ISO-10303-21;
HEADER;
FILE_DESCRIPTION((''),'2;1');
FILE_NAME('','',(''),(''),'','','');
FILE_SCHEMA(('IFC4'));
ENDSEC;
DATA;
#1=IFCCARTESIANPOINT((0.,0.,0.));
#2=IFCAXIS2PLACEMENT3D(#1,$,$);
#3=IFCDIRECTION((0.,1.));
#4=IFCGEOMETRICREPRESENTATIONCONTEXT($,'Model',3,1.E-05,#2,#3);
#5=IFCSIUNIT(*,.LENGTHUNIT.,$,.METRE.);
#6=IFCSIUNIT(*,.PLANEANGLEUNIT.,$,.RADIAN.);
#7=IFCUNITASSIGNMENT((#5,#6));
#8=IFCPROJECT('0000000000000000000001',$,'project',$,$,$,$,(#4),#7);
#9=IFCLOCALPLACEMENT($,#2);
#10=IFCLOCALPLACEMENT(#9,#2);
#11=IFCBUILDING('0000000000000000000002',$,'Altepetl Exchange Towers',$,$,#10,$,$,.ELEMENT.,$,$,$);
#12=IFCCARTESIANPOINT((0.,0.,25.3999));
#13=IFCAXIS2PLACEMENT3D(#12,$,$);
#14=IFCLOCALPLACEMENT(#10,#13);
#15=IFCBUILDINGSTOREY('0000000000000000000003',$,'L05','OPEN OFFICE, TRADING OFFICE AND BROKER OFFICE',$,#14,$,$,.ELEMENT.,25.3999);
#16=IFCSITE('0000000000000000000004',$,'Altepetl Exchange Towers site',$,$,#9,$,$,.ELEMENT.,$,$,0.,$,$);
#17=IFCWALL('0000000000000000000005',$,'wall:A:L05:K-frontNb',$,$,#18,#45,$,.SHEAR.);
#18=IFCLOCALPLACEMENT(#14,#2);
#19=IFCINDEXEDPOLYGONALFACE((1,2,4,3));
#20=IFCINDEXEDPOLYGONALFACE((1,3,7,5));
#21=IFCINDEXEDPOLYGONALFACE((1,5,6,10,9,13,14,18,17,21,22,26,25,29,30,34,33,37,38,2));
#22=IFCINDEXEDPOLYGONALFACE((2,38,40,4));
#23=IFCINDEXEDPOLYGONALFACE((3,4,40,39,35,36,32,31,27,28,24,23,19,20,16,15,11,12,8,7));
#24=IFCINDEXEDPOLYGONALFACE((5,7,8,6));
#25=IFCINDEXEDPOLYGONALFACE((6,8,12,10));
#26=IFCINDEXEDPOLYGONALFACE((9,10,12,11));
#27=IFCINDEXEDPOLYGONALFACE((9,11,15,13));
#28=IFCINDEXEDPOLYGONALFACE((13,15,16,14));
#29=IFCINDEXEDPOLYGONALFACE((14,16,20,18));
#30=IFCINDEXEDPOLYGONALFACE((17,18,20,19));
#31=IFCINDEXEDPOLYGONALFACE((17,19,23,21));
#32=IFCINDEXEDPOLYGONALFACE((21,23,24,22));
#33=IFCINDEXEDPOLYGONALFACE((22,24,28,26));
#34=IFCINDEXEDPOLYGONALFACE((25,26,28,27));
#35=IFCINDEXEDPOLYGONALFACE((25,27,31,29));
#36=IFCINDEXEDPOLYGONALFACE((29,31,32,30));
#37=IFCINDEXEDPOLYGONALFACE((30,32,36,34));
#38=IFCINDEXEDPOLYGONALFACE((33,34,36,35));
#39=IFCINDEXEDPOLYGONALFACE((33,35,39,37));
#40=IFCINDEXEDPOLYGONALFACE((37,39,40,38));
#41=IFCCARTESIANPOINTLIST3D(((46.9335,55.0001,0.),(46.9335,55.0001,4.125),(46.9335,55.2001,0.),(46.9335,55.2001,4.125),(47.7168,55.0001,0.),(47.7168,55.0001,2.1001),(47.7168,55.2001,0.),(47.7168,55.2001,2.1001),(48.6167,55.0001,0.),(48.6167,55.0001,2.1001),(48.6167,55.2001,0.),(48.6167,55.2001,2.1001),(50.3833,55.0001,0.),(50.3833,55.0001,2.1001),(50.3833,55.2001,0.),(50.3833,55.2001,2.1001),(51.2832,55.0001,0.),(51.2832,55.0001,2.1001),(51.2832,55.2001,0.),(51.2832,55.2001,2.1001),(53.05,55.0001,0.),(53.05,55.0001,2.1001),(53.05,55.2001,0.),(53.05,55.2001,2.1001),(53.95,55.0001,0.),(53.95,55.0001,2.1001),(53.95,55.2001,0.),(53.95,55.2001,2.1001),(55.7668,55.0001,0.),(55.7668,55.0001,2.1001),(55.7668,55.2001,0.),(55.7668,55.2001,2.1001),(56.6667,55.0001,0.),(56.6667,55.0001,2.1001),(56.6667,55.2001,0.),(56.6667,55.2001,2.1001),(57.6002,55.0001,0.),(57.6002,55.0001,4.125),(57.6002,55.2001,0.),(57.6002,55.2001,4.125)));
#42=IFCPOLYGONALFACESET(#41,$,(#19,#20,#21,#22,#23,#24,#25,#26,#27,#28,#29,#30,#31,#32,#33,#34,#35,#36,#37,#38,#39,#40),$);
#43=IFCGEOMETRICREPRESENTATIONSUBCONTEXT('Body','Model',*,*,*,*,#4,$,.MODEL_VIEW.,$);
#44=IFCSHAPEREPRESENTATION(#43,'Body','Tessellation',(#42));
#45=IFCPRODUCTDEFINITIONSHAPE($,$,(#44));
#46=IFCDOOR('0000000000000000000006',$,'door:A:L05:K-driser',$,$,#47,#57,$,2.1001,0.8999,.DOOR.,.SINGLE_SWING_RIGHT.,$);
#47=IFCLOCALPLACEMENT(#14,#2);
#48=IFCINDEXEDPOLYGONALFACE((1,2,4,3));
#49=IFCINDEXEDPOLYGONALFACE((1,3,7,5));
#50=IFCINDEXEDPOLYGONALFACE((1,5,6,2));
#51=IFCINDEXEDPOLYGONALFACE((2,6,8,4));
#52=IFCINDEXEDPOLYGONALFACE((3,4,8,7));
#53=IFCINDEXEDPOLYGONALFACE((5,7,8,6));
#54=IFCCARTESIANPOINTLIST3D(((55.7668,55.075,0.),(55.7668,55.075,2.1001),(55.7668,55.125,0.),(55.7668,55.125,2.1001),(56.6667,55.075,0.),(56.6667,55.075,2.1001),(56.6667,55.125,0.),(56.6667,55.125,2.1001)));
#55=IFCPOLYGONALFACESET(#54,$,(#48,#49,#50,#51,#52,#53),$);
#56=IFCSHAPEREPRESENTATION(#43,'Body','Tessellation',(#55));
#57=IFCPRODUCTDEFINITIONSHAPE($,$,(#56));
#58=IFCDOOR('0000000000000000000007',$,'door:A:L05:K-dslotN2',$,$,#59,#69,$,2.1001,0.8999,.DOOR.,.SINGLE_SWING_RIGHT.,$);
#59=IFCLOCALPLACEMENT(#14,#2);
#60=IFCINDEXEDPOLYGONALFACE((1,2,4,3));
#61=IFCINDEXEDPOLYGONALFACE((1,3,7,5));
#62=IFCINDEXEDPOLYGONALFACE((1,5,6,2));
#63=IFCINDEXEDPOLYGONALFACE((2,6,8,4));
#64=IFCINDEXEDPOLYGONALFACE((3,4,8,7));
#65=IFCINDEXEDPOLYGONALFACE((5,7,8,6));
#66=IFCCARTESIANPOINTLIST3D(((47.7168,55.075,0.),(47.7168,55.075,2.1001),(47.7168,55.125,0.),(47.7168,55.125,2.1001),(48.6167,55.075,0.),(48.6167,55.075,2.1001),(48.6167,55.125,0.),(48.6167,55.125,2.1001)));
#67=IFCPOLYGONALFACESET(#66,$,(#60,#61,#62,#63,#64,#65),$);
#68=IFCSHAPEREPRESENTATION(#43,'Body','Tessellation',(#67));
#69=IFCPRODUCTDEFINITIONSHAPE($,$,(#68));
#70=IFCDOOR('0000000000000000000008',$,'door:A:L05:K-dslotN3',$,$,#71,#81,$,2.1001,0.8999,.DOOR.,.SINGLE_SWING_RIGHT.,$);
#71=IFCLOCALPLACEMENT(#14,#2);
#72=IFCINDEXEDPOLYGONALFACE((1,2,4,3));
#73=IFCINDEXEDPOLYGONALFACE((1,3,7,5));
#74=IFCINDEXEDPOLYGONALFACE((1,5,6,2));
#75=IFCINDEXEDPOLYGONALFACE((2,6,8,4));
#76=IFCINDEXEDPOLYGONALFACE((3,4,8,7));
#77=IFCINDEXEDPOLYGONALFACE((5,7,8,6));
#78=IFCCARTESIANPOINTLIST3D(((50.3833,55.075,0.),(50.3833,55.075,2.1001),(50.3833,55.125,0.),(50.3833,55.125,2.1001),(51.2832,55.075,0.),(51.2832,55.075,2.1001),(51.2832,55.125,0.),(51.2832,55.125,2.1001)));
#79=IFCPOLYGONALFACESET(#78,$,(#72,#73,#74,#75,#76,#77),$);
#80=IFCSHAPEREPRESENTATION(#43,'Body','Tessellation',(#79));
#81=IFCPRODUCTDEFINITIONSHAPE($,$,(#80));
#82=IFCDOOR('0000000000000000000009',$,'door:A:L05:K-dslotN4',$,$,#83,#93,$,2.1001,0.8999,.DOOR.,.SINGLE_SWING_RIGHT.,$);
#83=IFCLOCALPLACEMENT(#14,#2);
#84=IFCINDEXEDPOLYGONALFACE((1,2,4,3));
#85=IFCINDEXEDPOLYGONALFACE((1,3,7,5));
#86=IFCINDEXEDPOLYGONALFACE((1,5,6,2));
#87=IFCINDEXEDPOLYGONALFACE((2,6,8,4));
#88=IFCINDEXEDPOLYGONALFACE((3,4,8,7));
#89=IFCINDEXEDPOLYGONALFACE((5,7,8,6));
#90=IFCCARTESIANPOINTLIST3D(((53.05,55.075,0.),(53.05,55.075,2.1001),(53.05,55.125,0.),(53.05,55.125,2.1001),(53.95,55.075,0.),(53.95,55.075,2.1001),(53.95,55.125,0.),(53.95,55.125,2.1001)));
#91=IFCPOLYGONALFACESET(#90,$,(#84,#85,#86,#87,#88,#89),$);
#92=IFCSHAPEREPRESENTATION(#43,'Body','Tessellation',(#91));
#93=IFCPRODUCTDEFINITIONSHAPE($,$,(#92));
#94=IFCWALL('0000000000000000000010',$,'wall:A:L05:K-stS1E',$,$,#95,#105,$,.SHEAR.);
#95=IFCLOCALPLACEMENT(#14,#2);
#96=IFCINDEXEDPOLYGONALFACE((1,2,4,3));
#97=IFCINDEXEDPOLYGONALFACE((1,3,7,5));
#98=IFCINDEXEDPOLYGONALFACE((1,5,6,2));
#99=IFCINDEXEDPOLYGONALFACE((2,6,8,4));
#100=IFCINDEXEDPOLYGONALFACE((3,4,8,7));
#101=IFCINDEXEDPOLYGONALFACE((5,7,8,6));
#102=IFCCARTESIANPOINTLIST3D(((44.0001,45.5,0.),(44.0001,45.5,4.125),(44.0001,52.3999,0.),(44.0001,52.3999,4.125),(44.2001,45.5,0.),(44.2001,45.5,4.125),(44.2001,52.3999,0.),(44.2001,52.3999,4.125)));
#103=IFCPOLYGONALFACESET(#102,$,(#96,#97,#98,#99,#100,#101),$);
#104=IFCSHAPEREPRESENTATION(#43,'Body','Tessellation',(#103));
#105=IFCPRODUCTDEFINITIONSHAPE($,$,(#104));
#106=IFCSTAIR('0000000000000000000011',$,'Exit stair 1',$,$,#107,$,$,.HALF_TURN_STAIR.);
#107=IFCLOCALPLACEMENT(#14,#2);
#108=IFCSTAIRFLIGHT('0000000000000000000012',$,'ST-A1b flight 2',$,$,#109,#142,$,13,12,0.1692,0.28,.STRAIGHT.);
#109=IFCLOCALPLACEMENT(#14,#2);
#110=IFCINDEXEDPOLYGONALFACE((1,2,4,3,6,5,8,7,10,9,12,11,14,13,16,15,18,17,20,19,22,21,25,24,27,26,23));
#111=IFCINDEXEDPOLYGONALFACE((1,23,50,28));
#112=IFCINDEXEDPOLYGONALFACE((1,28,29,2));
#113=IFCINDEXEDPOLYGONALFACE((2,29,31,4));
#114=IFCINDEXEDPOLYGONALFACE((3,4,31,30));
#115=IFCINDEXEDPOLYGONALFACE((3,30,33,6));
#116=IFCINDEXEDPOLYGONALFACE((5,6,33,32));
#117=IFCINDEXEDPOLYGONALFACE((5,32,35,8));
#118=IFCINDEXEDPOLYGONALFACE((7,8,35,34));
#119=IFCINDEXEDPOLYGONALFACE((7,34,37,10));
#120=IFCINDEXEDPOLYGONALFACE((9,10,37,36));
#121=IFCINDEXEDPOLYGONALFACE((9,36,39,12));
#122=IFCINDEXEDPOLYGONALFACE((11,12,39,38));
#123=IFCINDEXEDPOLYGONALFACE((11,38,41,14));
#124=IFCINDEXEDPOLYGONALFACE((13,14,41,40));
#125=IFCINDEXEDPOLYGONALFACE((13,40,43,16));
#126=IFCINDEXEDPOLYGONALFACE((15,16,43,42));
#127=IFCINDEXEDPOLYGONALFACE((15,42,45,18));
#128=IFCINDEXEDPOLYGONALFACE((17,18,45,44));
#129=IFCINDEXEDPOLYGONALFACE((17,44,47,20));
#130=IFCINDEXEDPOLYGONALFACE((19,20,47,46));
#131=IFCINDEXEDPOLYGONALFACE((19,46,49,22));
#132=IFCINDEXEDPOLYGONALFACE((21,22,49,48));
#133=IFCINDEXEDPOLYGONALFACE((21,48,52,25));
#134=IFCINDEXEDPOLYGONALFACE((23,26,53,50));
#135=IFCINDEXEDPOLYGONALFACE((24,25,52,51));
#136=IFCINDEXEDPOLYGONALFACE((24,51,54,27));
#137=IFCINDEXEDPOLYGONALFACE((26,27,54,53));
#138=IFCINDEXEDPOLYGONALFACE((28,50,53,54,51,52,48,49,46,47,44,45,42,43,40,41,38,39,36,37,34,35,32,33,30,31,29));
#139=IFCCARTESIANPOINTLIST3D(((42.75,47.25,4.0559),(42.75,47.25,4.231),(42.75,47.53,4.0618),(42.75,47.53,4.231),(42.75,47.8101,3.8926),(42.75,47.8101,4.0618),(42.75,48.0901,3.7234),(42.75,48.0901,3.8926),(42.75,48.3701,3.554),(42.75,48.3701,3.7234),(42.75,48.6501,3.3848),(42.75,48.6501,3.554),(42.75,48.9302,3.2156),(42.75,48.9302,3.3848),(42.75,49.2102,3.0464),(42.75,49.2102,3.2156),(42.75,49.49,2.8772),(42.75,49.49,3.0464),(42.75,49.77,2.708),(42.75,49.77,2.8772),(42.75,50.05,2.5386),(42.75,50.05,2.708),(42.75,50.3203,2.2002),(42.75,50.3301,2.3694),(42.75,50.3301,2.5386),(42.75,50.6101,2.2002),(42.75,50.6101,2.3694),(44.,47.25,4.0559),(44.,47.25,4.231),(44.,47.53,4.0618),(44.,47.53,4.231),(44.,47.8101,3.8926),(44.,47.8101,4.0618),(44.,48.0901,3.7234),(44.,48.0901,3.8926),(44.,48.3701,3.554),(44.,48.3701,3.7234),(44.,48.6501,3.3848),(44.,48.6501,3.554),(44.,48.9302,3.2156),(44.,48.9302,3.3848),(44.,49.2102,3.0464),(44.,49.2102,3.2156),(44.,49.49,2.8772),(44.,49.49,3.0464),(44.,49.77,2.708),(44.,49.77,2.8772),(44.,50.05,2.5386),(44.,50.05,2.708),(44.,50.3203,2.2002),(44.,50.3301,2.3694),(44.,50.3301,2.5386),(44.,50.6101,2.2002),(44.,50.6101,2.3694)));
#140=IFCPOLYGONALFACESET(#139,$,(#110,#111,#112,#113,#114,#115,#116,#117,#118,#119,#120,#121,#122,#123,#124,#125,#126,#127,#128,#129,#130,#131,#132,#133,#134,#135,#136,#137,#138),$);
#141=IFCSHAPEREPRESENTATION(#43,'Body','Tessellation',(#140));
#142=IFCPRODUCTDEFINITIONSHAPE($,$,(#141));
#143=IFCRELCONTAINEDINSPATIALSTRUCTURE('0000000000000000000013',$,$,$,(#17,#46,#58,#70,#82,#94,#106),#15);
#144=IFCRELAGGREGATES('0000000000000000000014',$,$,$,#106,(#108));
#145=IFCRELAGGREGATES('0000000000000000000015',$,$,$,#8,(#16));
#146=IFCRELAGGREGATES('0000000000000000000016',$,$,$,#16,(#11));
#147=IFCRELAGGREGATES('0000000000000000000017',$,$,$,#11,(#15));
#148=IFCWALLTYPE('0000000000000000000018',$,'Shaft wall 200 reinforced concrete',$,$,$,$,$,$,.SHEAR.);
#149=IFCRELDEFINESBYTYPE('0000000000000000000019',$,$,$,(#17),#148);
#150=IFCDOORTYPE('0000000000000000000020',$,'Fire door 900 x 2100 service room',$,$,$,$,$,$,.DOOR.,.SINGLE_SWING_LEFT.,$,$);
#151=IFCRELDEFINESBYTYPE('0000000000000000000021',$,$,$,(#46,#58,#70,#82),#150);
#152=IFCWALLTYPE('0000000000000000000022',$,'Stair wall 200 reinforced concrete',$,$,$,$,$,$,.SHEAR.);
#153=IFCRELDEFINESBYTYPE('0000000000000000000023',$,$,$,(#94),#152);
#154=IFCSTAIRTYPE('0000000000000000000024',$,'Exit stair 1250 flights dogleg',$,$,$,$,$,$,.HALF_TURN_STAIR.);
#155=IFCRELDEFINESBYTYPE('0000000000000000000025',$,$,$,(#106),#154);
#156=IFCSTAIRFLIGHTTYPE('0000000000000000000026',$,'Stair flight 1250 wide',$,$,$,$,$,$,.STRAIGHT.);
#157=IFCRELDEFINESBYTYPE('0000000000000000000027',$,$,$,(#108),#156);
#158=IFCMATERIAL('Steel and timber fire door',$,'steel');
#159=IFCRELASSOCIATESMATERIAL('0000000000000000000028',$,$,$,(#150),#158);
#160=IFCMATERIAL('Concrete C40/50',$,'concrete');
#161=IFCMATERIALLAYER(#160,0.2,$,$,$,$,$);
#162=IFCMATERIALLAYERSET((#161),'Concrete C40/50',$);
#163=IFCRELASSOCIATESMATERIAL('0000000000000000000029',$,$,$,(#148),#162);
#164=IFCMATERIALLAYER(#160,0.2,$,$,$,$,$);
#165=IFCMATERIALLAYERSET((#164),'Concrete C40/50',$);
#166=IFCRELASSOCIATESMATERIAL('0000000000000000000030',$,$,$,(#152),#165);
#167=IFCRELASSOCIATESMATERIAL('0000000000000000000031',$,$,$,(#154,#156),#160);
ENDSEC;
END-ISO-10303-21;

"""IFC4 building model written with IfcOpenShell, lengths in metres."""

from ifc_helpers import new_model, si_unit, direction, frame, frame_2d, origin, place, context, subcontext, project, spatial, polyline, rectangle, outline, extrude, material, layer, layer_set, type_object, element, fill, aggregate, save


model = new_model("IFC4")

# Units and contexts
model_context = context("Model", 3, precision=1e-05, world=origin(), true_north=direction((0.0, 1.0)))
body_context = subcontext(model_context, "Body", "Model", "MODEL_VIEW")
ifc_project = project(units=[si_unit("LENGTHUNIT", "METRE"), si_unit("PLANEANGLEUNIT", "RADIAN")], contexts=[model_context])

# Site, building, storey
site_placement = place(None, origin())
site = spatial("IfcSite", under=ifc_project, at=site_placement, Name="Altepetl Exchange Towers site", CompositionType="ELEMENT", RefElevation=0.0)
building_placement = place(site_placement, origin())
building = spatial("IfcBuilding", under=site, at=building_placement, Name="Altepetl Exchange Towers", CompositionType="ELEMENT")
storey_placement = place(building_placement, frame((0.0, 0.0, 25.3999)))
storey = spatial("IfcBuildingStorey", under=building, at=storey_placement, Name="L05", Description="OPEN OFFICE, TRADING OFFICE AND BROKER OFFICE", CompositionType="ELEMENT", Elevation=25.3999)

# Shared definitions
ifc_material_1 = material(Name="Steel and timber fire door", Category="steel")

# Shared definitions
door_type_1 = type_object("IfcDoorType", Name="Fire door 900 x 2100 service room", OperationType="SINGLE_SWING_LEFT", PredefinedType="DOOR", material=ifc_material_1)

# Shared definitions
ifc_material_2 = material(Name="Concrete C40/50", Category="concrete")
ifc_layer_1 = layer(ifc_material_2, 0.2)
ifc_layer_set_1 = layer_set([ifc_layer_1], Name="Concrete C40/50")
wall_type_1 = type_object("IfcWallType", Name="Shaft wall 200 reinforced concrete", PredefinedType="SHEAR", material=ifc_layer_set_1)

# Wall, openings, doors
wall_1_placement = place(storey_placement, frame((46.9333, 55.1001, 0.0)))
wall_1 = element("IfcWall", 1, at=wall_1_placement, inside=storey, type_object=wall_type_1, Name="wall:A:L05:K-frontNb", PredefinedType="SHEAR", context=body_context, shape_type="SweptSolid", body=[
    extrude(rectangle(XDim=10.6667, YDim=0.2, at=frame_2d((5.3335, 0.0))), origin(), (0.0, 0.0, 1.0), 4.125),
])
opening_1_placement = place(wall_1_placement, frame((8.8335, 0.0, 0.0)))
opening_1 = element("IfcOpeningElement", 2, at=opening_1_placement, cuts=wall_1, PredefinedType="OPENING", context=body_context, shape_type="SweptSolid", body=[
    extrude(rectangle(XDim=0.8999, YDim=2.1001, at=frame_2d((0.45, 1.05))), frame((0.0, 0.1099, 0.0), z_axis=(0.0, -1.0, 0.0), x_axis=(1.0, 0.0, 0.0)), (0.0, 0.0, 1.0), 0.22),
])
opening_2_placement = place(wall_1_placement, frame((0.7834, 0.0, 0.0)))
opening_2 = element("IfcOpeningElement", 3, at=opening_2_placement, cuts=wall_1, PredefinedType="OPENING", context=body_context, shape_type="SweptSolid", body=[
    extrude(rectangle(XDim=0.8999, YDim=2.1001, at=frame_2d((0.45, 1.05))), frame((0.0, 0.1099, 0.0), z_axis=(0.0, -1.0, 0.0), x_axis=(1.0, 0.0, 0.0)), (0.0, 0.0, 1.0), 0.22),
])
opening_3_placement = place(wall_1_placement, frame((3.45, 0.0, 0.0)))
opening_3 = element("IfcOpeningElement", 4, at=opening_3_placement, cuts=wall_1, PredefinedType="OPENING", context=body_context, shape_type="SweptSolid", body=[
    extrude(rectangle(XDim=0.8999, YDim=2.1001, at=frame_2d((0.45, 1.05))), frame((0.0, 0.1099, 0.0), z_axis=(0.0, -1.0, 0.0), x_axis=(1.0, 0.0, 0.0)), (0.0, 0.0, 1.0), 0.22),
])
opening_4_placement = place(wall_1_placement, frame((6.1167, 0.0, 0.0)))
opening_4 = element("IfcOpeningElement", 5, at=opening_4_placement, cuts=wall_1, PredefinedType="OPENING", context=body_context, shape_type="SweptSolid", body=[
    extrude(rectangle(XDim=0.8999, YDim=2.1001, at=frame_2d((0.45, 1.05))), frame((0.0, 0.1099, 0.0), z_axis=(0.0, -1.0, 0.0), x_axis=(1.0, 0.0, 0.0)), (0.0, 0.0, 1.0), 0.22),
])
door_1_placement = place(opening_1_placement, origin())
door_1 = element("IfcDoor", 6, at=door_1_placement, inside=storey, type_object=door_type_1, Name="door:A:L05:K-driser", OperationType="SINGLE_SWING_RIGHT", OverallHeight=2.1001, OverallWidth=0.8999, PredefinedType="DOOR", context=body_context, shape_type="SweptSolid", body=[
    extrude(rectangle(XDim=0.8999, YDim=2.1001, at=frame_2d((0.45, 1.05))), frame((0.0, 0.0249, 0.0), z_axis=(0.0, -1.0, 0.0), x_axis=(1.0, 0.0, 0.0)), (0.0, 0.0, 1.0), 0.05),
])
fill(opening_1, door_1)
door_2_placement = place(opening_2_placement, origin())
door_2 = element("IfcDoor", 7, at=door_2_placement, inside=storey, type_object=door_type_1, Name="door:A:L05:K-dslotN2", OperationType="SINGLE_SWING_RIGHT", OverallHeight=2.1001, OverallWidth=0.8999, PredefinedType="DOOR", context=body_context, shape_type="SweptSolid", body=[
    extrude(rectangle(XDim=0.8999, YDim=2.1001, at=frame_2d((0.45, 1.05))), frame((0.0, 0.0249, 0.0), z_axis=(0.0, -1.0, 0.0), x_axis=(1.0, 0.0, 0.0)), (0.0, 0.0, 1.0), 0.05),
])
fill(opening_2, door_2)
door_3_placement = place(opening_3_placement, origin())
door_3 = element("IfcDoor", 8, at=door_3_placement, inside=storey, type_object=door_type_1, Name="door:A:L05:K-dslotN3", OperationType="SINGLE_SWING_RIGHT", OverallHeight=2.1001, OverallWidth=0.8999, PredefinedType="DOOR", context=body_context, shape_type="SweptSolid", body=[
    extrude(rectangle(XDim=0.8999, YDim=2.1001, at=frame_2d((0.45, 1.05))), frame((0.0, 0.0249, 0.0), z_axis=(0.0, -1.0, 0.0), x_axis=(1.0, 0.0, 0.0)), (0.0, 0.0, 1.0), 0.05),
])
fill(opening_3, door_3)
door_4_placement = place(opening_4_placement, origin())
door_4 = element("IfcDoor", 9, at=door_4_placement, inside=storey, type_object=door_type_1, Name="door:A:L05:K-dslotN4", OperationType="SINGLE_SWING_RIGHT", OverallHeight=2.1001, OverallWidth=0.8999, PredefinedType="DOOR", context=body_context, shape_type="SweptSolid", body=[
    extrude(rectangle(XDim=0.8999, YDim=2.1001, at=frame_2d((0.45, 1.05))), frame((0.0, 0.0249, 0.0), z_axis=(0.0, -1.0, 0.0), x_axis=(1.0, 0.0, 0.0)), (0.0, 0.0, 1.0), 0.05),
])
fill(opening_4, door_4)

# Wall
ifc_layer_2 = layer(ifc_material_2, 0.2)
ifc_layer_set_2 = layer_set([ifc_layer_2], Name="Concrete C40/50")
wall_type_2 = type_object("IfcWallType", Name="Stair wall 200 reinforced concrete", PredefinedType="SHEAR", material=ifc_layer_set_2)
wall_2_placement = place(storey_placement, frame((44.1001, 45.5, 0.0), z_axis=(0.0, 0.0, 1.0), x_axis=(0.0, 1.0, 0.0)))
element("IfcWall", 10, at=wall_2_placement, inside=storey, type_object=wall_type_2, Name="wall:A:L05:K-stS1E", PredefinedType="SHEAR", context=body_context, shape_type="SweptSolid", body=[
    extrude(rectangle(XDim=6.8999, YDim=0.2, at=frame_2d((3.45, 0.0))), origin(), (0.0, 0.0, 1.0), 4.125),
])

# Stair, stair flight
stair_type = type_object("IfcStairType", Name="Exit stair 1250 flights dogleg", PredefinedType="HALF_TURN_STAIR", material=ifc_material_2)
stair_placement = place(storey_placement, origin())
stair = element("IfcStair", 11, at=stair_placement, inside=storey, type_object=stair_type, Name="Exit stair 1", PredefinedType="HALF_TURN_STAIR")
stair_flight_type = type_object("IfcStairFlightType", Name="Stair flight 1250 wide", PredefinedType="STRAIGHT", material=ifc_material_2)
stair_flight_placement = place(storey_placement, frame((43.375, 50.6101, 2.2002), z_axis=(0.0, 0.0, 1.0), x_axis=(0.0, -1.0, 0.0)))
stair_flight = element("IfcStairFlight", 12, at=stair_flight_placement, type_object=stair_flight_type, Name="ST-A1b flight 2", NumberOfRisers=13, NumberOfTreads=12, PredefinedType="STRAIGHT", RiserHeight=0.1692, TreadLength=0.28, context=body_context, shape_type="SweptSolid", body=[
    extrude(outline(polyline([(0.0, 0.0), (0.0, 0.1692), (0.28, 0.1692), (0.28, 0.3384), (0.5601, 0.3384), (0.5601, 0.5078), (0.8401, 0.5078), (0.8401, 0.677), (1.1201, 0.677), (1.1201, 0.8462), (1.3999, 0.8462), (1.3999, 1.0154), (1.6799, 1.0154), (1.6799, 1.1846), (1.96, 1.1846), (1.96, 1.3538), (2.24, 1.3538), (2.24, 1.5232), (2.52, 1.5232), (2.52, 1.6924), (2.8, 1.6924), (2.8, 1.8616), (3.0801, 1.8616), (3.0801, 2.0308), (3.3601, 2.0308), (3.3601, 2.2), (3.3601, 1.8557), (0.2898, 0.0), (0.0, 0.0)])), frame((0.0, 0.625, 0.0), z_axis=(0.0, -1.0, 0.0), x_axis=(1.0, 0.0, 0.0)), (0.0, 0.0, 1.0), 1.25),
])
aggregate(stair, [stair_flight])

save(model, "model.ifc")
